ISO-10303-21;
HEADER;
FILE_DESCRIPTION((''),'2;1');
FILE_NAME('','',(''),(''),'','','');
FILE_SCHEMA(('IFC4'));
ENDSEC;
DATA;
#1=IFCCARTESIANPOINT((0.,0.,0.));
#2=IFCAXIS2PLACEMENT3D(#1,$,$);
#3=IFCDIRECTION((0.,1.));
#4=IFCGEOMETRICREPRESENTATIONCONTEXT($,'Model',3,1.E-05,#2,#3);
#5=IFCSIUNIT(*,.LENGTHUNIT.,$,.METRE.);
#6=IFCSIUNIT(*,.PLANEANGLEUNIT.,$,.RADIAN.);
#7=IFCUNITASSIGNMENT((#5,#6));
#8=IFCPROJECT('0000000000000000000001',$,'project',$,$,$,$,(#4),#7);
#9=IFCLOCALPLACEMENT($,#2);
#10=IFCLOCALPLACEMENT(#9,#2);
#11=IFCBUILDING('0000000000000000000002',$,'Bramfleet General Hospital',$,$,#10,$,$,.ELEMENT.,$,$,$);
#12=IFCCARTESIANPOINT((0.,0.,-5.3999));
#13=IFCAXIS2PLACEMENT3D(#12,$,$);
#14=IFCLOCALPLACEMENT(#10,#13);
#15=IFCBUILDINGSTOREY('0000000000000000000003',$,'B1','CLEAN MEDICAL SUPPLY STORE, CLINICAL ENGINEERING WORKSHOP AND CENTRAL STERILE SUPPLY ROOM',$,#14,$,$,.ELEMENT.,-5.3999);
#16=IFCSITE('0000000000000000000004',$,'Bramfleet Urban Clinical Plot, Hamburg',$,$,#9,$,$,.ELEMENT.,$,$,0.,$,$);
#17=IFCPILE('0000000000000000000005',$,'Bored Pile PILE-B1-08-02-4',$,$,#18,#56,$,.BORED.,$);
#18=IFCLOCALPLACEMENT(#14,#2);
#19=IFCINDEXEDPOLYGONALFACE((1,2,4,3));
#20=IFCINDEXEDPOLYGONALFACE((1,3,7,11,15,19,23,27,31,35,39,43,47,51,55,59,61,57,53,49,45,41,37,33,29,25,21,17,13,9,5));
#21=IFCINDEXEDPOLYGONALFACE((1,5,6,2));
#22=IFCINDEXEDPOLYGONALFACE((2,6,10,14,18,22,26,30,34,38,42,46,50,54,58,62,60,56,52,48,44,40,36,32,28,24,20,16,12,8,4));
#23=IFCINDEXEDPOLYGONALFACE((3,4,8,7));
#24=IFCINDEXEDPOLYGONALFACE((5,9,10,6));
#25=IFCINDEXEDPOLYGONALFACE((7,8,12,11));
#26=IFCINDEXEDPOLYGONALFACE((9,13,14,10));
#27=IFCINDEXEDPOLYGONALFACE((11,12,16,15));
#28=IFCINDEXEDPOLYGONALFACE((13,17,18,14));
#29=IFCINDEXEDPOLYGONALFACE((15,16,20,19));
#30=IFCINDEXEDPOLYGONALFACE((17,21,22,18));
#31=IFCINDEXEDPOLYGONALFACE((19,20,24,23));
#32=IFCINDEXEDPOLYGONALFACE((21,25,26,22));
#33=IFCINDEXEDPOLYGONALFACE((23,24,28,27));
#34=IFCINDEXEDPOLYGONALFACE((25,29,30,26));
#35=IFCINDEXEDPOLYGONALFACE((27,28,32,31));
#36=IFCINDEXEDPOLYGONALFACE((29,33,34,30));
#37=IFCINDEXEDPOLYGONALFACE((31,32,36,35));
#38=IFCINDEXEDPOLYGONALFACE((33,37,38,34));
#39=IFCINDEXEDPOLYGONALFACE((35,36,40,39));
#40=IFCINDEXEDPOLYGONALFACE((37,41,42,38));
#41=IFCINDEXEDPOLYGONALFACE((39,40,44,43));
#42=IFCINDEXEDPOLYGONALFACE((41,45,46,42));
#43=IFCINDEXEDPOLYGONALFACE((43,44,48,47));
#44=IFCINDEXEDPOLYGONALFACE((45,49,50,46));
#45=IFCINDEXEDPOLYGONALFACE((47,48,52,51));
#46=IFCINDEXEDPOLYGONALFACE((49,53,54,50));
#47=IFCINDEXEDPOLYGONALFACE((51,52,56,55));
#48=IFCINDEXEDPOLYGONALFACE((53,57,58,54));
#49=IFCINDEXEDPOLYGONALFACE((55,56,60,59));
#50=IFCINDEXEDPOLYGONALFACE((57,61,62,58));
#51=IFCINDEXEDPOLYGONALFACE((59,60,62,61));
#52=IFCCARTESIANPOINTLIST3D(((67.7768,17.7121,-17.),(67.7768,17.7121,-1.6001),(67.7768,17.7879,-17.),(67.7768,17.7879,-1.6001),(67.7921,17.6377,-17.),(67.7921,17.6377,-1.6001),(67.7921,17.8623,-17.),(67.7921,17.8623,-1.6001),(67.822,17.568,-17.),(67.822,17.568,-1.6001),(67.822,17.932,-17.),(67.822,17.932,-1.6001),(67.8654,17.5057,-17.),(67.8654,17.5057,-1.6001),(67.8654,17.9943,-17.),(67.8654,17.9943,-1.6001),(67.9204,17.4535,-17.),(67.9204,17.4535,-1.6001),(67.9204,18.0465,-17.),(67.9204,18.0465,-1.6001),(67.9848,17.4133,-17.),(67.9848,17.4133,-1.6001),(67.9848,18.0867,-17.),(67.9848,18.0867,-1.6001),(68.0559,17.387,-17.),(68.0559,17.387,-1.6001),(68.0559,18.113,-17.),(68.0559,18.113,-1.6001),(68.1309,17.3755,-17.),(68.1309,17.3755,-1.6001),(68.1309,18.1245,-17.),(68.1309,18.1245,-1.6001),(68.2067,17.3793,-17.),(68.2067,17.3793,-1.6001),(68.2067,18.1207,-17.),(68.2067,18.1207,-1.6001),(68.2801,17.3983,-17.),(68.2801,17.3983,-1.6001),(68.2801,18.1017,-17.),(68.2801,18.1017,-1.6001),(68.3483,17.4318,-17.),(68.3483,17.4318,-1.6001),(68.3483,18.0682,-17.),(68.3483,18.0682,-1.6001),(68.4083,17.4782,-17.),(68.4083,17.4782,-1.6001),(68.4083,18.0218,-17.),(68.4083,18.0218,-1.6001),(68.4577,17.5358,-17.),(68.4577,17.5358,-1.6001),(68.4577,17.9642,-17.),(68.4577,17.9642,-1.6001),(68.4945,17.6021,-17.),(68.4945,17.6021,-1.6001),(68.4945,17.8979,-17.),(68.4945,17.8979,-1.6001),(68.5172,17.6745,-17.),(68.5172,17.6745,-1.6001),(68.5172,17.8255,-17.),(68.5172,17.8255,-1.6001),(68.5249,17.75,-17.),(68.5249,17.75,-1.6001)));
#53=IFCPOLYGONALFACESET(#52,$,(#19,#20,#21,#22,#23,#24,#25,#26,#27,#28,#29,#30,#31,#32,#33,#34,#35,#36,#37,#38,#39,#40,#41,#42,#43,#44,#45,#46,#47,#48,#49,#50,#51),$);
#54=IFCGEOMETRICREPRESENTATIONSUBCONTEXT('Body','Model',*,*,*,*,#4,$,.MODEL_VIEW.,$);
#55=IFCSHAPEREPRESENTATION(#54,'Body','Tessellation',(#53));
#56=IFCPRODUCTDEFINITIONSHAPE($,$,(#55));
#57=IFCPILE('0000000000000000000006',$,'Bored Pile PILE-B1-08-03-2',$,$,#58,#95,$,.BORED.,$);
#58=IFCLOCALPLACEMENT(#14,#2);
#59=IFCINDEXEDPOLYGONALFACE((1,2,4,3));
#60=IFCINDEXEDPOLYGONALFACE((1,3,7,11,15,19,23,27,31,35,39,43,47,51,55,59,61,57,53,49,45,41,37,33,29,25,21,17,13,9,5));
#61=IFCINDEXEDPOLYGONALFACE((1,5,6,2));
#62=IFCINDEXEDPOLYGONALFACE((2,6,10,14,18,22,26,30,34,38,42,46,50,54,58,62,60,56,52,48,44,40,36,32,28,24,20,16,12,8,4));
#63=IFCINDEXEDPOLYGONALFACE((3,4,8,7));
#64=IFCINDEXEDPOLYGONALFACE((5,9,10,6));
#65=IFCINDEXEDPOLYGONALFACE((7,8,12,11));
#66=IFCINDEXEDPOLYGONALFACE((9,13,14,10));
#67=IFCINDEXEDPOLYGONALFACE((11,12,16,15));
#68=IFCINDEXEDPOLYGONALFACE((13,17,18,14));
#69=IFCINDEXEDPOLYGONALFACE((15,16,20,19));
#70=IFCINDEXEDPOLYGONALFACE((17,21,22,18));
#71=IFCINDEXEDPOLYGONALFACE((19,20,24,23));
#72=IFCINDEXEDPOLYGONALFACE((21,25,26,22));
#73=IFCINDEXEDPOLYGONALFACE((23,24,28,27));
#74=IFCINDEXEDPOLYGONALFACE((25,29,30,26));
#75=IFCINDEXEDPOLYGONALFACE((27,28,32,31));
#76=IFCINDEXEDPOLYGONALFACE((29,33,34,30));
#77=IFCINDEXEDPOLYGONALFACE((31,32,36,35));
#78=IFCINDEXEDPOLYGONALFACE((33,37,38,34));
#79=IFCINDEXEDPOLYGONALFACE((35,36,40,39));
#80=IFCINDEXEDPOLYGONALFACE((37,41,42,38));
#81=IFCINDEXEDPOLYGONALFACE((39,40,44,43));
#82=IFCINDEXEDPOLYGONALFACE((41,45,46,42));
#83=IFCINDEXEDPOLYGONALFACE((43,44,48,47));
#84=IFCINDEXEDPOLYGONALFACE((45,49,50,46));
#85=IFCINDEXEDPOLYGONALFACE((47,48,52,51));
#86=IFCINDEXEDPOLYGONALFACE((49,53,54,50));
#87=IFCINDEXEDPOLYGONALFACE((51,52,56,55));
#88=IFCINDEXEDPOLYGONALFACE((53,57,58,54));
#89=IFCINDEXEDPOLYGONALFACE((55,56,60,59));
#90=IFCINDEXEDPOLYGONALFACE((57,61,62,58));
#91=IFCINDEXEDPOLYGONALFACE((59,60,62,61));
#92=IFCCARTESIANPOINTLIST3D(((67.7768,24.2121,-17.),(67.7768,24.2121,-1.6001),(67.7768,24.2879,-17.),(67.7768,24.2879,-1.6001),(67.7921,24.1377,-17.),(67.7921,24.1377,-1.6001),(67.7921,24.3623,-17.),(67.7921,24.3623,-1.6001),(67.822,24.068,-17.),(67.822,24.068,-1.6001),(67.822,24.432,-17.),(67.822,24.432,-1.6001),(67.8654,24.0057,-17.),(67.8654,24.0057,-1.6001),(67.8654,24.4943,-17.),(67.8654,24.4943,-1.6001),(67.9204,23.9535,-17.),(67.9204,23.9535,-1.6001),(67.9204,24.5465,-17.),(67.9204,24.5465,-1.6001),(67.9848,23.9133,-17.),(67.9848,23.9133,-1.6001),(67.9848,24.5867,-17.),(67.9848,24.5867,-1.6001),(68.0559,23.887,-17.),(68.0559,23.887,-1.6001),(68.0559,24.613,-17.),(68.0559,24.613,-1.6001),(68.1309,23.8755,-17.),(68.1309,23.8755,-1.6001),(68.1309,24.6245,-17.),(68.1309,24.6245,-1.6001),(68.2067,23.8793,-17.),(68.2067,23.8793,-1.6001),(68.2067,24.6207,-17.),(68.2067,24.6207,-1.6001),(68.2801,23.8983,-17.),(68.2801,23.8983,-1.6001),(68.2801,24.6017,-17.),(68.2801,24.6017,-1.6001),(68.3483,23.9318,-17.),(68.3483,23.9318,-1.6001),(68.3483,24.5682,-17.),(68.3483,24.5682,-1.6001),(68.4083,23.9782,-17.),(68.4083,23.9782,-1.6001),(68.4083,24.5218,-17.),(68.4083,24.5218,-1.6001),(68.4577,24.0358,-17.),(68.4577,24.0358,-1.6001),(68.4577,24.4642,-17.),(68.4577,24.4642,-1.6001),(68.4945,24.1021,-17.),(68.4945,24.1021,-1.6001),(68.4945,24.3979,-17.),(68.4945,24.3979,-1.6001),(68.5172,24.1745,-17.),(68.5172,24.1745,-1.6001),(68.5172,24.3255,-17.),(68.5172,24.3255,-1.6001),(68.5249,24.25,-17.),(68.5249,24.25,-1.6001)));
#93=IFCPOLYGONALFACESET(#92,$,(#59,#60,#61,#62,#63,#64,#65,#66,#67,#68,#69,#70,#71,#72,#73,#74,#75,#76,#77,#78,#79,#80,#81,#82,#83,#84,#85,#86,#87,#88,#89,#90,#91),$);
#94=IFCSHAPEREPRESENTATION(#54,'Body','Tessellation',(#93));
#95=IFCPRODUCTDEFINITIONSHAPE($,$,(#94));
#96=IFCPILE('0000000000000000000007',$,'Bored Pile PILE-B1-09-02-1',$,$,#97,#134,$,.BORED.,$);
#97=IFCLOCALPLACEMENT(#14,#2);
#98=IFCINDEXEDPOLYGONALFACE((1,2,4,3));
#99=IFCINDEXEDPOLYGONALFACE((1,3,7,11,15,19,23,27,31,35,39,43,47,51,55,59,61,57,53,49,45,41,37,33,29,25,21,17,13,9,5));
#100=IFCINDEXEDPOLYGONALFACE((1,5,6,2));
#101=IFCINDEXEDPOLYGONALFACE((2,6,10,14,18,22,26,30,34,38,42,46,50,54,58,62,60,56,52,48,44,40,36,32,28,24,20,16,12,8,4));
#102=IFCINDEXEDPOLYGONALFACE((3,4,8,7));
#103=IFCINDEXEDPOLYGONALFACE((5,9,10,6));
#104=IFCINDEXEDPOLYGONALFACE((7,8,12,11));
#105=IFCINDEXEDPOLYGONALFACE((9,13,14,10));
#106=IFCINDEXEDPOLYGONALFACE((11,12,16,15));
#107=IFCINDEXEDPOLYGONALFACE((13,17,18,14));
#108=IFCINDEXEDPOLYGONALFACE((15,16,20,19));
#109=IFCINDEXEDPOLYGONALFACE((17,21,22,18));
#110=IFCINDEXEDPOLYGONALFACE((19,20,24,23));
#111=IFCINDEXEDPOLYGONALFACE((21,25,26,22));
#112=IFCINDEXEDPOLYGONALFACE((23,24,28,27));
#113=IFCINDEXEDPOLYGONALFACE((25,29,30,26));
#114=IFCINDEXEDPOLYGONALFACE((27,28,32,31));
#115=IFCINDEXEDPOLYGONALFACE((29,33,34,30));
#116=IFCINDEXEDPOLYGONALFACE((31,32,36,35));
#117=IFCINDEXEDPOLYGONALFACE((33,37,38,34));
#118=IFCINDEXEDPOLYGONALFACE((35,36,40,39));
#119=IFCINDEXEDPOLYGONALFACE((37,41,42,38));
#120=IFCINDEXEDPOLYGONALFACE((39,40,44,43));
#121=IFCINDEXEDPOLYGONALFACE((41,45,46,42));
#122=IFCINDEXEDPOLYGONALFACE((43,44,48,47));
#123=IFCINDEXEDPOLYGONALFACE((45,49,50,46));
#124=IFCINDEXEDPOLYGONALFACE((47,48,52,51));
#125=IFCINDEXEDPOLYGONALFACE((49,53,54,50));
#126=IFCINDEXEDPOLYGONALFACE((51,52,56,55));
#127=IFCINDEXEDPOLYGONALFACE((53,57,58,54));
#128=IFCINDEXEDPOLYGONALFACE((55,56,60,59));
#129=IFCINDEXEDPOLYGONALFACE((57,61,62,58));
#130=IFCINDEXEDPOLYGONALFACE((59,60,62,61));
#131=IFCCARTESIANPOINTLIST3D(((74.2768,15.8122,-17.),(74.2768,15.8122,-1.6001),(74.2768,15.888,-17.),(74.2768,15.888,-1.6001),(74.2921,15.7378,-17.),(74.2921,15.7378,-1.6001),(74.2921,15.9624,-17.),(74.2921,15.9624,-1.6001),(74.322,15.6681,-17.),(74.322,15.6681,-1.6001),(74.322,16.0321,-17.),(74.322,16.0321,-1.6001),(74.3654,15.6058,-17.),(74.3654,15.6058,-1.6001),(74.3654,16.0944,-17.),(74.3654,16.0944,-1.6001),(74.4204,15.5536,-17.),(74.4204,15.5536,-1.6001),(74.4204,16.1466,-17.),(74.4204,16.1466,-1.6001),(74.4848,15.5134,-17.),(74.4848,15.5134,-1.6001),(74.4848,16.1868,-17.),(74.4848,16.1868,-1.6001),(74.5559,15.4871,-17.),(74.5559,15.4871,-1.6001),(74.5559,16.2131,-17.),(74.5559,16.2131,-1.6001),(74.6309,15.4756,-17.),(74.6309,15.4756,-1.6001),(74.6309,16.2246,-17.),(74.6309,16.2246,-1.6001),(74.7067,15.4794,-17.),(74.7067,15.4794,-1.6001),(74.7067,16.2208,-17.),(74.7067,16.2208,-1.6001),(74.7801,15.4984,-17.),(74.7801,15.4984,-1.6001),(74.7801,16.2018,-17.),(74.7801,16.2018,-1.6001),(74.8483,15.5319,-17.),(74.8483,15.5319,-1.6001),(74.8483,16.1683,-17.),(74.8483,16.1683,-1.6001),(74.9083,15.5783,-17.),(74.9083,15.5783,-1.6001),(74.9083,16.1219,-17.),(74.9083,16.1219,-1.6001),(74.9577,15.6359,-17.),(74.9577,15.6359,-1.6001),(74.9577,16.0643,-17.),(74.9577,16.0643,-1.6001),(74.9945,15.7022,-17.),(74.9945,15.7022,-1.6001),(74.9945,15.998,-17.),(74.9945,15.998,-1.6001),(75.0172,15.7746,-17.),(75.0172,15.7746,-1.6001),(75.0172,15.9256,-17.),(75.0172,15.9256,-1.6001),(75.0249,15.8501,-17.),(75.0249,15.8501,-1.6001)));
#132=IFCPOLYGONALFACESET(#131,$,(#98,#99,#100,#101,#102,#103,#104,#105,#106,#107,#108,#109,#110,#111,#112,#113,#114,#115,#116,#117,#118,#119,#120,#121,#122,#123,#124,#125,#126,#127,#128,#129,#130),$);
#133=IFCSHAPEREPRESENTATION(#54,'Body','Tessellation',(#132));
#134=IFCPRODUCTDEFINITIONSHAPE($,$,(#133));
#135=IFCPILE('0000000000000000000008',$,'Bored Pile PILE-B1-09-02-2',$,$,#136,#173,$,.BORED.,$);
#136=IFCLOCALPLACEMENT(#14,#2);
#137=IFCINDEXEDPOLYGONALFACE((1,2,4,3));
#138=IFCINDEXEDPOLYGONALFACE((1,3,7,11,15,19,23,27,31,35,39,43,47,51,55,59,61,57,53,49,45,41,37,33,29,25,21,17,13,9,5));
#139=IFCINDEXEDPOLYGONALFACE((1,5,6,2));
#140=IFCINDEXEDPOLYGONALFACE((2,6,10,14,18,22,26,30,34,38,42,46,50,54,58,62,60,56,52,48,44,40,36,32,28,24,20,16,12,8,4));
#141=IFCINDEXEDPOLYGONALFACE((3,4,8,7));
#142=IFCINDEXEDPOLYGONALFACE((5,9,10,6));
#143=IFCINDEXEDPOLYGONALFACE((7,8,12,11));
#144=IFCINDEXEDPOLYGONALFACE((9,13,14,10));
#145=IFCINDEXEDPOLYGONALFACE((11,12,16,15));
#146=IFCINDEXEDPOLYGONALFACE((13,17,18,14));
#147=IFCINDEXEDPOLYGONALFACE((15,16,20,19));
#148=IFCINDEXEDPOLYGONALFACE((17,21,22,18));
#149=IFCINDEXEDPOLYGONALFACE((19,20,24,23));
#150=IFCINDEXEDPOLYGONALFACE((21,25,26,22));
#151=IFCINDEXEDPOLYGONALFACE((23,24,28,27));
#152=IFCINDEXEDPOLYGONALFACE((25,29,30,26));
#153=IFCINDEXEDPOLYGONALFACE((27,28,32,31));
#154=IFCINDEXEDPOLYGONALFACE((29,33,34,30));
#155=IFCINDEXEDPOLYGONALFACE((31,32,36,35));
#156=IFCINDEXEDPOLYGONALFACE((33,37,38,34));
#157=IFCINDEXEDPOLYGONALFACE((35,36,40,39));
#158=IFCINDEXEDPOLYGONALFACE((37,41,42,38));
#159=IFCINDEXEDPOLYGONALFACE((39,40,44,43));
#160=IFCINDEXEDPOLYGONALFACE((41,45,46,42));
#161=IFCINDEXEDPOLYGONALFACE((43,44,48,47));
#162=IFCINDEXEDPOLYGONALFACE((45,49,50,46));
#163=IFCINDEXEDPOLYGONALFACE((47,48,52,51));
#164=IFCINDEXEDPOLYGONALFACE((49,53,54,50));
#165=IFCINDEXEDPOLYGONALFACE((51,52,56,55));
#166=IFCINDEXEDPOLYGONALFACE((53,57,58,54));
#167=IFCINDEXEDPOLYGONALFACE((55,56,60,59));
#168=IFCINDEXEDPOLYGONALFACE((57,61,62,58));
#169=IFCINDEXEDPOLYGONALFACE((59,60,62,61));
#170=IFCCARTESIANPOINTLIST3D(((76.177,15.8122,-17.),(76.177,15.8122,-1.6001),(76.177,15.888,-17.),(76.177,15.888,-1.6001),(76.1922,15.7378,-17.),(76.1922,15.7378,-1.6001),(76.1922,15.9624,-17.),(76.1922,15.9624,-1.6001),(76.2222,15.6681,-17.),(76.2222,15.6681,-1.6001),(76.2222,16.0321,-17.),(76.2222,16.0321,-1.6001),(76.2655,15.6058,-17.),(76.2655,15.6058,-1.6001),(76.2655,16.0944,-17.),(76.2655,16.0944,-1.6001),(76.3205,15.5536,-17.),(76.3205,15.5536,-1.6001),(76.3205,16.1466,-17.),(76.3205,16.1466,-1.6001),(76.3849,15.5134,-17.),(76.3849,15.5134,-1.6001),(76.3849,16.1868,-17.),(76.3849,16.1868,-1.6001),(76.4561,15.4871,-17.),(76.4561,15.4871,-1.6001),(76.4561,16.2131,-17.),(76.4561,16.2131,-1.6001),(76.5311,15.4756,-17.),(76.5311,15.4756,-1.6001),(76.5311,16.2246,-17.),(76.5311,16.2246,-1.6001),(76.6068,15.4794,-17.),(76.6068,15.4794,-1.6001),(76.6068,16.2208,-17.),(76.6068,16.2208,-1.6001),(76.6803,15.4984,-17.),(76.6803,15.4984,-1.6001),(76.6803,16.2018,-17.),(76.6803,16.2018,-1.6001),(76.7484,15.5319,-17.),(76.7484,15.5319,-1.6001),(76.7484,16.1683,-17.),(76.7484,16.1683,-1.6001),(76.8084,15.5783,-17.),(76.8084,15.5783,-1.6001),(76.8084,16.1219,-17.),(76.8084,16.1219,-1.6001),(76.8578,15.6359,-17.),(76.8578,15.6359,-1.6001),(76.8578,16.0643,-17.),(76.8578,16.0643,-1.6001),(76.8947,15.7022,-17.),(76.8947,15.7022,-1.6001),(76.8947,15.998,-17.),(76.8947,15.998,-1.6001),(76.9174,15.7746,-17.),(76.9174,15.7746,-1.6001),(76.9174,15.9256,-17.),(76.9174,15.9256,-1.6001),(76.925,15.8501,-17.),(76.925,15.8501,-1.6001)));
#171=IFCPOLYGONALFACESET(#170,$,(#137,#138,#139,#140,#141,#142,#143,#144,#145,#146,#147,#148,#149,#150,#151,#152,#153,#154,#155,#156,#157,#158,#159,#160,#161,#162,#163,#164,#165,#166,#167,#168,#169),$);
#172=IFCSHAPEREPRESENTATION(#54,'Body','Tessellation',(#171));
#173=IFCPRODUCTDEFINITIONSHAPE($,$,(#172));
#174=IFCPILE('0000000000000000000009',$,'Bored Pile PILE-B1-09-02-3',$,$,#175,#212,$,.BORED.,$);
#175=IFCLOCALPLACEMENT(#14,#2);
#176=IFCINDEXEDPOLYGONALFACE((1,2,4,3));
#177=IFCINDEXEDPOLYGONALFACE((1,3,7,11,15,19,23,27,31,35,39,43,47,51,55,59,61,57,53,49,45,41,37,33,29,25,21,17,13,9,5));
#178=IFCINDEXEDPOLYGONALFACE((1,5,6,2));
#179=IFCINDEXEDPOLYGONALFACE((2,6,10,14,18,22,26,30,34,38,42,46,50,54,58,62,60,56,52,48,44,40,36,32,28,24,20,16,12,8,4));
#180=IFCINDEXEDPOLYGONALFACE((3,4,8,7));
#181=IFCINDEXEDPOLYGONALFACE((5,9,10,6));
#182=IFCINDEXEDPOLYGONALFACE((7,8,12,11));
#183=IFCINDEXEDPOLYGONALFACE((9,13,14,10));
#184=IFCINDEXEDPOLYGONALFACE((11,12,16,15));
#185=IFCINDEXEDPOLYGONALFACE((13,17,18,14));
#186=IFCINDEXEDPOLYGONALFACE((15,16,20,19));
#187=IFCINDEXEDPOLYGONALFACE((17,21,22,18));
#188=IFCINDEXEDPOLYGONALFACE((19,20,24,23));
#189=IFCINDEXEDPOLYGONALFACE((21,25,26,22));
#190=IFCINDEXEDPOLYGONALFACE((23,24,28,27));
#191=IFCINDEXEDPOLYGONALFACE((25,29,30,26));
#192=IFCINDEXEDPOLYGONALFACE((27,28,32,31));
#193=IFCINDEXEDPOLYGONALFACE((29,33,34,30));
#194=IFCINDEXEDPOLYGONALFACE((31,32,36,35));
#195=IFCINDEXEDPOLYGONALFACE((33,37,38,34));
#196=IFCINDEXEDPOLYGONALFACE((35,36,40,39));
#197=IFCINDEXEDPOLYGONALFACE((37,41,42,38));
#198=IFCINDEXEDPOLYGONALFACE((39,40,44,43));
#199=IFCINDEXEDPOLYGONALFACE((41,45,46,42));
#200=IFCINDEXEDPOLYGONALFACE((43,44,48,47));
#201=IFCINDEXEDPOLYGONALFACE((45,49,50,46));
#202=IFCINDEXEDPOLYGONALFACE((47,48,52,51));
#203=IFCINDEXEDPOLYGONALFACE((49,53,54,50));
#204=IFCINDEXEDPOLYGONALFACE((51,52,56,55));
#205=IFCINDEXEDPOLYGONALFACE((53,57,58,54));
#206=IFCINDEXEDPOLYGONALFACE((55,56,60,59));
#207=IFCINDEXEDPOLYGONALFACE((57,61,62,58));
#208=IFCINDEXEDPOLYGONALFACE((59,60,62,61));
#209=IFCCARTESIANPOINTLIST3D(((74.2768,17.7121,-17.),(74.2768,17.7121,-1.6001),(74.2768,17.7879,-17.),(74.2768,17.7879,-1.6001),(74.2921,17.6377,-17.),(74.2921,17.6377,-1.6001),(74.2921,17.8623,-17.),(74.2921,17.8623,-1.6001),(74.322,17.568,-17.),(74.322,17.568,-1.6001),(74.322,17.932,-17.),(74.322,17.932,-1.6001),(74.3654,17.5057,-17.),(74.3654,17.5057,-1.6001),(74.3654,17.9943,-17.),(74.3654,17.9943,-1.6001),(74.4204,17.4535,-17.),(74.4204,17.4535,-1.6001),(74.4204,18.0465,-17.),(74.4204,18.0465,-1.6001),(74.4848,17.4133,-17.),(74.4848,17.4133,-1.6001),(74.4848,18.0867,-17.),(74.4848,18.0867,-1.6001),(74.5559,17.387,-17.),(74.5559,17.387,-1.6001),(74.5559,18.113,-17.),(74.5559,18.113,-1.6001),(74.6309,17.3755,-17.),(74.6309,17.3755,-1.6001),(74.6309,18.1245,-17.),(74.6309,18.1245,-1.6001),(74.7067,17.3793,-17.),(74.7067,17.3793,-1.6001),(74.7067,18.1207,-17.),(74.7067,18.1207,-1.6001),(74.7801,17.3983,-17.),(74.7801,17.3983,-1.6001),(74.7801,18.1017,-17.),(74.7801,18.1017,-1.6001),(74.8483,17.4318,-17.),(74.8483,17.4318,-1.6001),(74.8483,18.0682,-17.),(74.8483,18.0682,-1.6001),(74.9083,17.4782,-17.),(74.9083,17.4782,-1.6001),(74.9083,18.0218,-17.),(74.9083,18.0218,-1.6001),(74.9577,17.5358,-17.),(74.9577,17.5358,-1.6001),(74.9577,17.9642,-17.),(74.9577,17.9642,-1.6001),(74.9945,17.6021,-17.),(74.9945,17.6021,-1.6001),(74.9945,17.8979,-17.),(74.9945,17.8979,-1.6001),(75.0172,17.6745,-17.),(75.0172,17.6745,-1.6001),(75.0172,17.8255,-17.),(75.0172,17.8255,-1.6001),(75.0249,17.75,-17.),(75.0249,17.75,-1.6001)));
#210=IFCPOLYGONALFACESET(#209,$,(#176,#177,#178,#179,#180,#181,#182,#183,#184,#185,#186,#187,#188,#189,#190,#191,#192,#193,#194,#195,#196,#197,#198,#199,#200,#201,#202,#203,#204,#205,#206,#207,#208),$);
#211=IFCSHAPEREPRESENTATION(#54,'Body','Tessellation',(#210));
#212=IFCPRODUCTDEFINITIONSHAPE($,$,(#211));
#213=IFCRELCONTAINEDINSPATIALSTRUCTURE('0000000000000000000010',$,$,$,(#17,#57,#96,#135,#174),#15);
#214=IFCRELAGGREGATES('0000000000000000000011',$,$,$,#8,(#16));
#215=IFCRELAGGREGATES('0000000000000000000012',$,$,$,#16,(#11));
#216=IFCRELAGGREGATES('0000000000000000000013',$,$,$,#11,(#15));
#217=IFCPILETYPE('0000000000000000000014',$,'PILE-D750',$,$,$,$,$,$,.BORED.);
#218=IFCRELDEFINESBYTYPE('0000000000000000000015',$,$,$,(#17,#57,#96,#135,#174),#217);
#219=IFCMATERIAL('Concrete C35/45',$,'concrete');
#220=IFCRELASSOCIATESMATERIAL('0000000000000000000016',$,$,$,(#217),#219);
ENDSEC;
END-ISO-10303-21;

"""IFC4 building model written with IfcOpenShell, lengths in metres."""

from ifc_helpers import new_model, si_unit, direction, frame, origin, origin_2d, place, context, subcontext, project, spatial, circle, extrude, material, material_profile, profile_set, type_object, element, save


model = new_model("IFC4")

# Units and contexts
model_context = context("Model", 3, precision=1e-05, world=origin(), true_north=direction((0.0, 1.0)))
body_context = subcontext(model_context, "Body", "Model", "MODEL_VIEW")
ifc_project = project(units=[si_unit("LENGTHUNIT", "METRE"), si_unit("PLANEANGLEUNIT", "RADIAN")], contexts=[model_context])

# Site, building, storey
site_placement = place(None, origin())
site = spatial("IfcSite", under=ifc_project, at=site_placement, Name="Bramfleet Urban Clinical Plot, Hamburg", CompositionType="ELEMENT", RefElevation=0.0)
building_placement = place(site_placement, origin())
building = spatial("IfcBuilding", under=site, at=building_placement, Name="Bramfleet General Hospital", CompositionType="ELEMENT")
storey_placement = place(building_placement, frame((0.0, 0.0, -5.3999)))
storey = spatial("IfcBuildingStorey", under=building, at=storey_placement, Name="B1", Description="CLEAN MEDICAL SUPPLY STORE, CLINICAL ENGINEERING WORKSHOP AND CENTRAL STERILE SUPPLY ROOM", CompositionType="ELEMENT", Elevation=-5.3999)

# Shared definitions
ifc_material_1 = material(Name="Concrete C35/45", Category="concrete")

# Piles
ifc_material_profile_1 = material_profile(ifc_material_1, circle(Radius=0.375, at=origin_2d()), Name="PILE BORED D750")
ifc_profile_set_1 = profile_set([ifc_material_profile_1], Name="Concrete C35/45")
pile_type = type_object("IfcPileType", Name="PILE-D750", PredefinedType="BORED", material=ifc_profile_set_1)
for number, where, z_axis, x_axis, name in (
    (1, (68.1499, 17.75, -1.6001), (0.0, 0.0, -1.0), (1.0, 0.0, 0.0), "Bored Pile PILE-B1-08-02-4"),
    (2, (68.1499, 24.25, -1.6001), (0.0, 0.0, -1.0), (1.0, 0.0, 0.0), "Bored Pile PILE-B1-08-03-2"),
    (3, (74.6499, 15.8501, -1.6001), (0.0, 0.0, -1.0), (1.0, 0.0, 0.0), "Bored Pile PILE-B1-09-02-1"),
    (4, (76.55, 15.8501, -1.6001), (0.0, 0.0, -1.0), (1.0, 0.0, 0.0), "Bored Pile PILE-B1-09-02-2"),
    (5, (74.6499, 17.75, -1.6001), (0.0, 0.0, -1.0), (1.0, 0.0, 0.0), "Bored Pile PILE-B1-09-02-3"),
):
    element("IfcPile", number, at=place(storey_placement, frame(where, z_axis=z_axis, x_axis=x_axis)), inside=storey, type_object=pile_type, Name=name, PredefinedType="BORED", context=body_context, shape_type="SweptSolid", body=[
        extrude(circle(Radius=0.375, at=origin_2d()), origin(), (0.0, 0.0, 1.0), 15.3999),
    ])

save(model, "model.ifc")
